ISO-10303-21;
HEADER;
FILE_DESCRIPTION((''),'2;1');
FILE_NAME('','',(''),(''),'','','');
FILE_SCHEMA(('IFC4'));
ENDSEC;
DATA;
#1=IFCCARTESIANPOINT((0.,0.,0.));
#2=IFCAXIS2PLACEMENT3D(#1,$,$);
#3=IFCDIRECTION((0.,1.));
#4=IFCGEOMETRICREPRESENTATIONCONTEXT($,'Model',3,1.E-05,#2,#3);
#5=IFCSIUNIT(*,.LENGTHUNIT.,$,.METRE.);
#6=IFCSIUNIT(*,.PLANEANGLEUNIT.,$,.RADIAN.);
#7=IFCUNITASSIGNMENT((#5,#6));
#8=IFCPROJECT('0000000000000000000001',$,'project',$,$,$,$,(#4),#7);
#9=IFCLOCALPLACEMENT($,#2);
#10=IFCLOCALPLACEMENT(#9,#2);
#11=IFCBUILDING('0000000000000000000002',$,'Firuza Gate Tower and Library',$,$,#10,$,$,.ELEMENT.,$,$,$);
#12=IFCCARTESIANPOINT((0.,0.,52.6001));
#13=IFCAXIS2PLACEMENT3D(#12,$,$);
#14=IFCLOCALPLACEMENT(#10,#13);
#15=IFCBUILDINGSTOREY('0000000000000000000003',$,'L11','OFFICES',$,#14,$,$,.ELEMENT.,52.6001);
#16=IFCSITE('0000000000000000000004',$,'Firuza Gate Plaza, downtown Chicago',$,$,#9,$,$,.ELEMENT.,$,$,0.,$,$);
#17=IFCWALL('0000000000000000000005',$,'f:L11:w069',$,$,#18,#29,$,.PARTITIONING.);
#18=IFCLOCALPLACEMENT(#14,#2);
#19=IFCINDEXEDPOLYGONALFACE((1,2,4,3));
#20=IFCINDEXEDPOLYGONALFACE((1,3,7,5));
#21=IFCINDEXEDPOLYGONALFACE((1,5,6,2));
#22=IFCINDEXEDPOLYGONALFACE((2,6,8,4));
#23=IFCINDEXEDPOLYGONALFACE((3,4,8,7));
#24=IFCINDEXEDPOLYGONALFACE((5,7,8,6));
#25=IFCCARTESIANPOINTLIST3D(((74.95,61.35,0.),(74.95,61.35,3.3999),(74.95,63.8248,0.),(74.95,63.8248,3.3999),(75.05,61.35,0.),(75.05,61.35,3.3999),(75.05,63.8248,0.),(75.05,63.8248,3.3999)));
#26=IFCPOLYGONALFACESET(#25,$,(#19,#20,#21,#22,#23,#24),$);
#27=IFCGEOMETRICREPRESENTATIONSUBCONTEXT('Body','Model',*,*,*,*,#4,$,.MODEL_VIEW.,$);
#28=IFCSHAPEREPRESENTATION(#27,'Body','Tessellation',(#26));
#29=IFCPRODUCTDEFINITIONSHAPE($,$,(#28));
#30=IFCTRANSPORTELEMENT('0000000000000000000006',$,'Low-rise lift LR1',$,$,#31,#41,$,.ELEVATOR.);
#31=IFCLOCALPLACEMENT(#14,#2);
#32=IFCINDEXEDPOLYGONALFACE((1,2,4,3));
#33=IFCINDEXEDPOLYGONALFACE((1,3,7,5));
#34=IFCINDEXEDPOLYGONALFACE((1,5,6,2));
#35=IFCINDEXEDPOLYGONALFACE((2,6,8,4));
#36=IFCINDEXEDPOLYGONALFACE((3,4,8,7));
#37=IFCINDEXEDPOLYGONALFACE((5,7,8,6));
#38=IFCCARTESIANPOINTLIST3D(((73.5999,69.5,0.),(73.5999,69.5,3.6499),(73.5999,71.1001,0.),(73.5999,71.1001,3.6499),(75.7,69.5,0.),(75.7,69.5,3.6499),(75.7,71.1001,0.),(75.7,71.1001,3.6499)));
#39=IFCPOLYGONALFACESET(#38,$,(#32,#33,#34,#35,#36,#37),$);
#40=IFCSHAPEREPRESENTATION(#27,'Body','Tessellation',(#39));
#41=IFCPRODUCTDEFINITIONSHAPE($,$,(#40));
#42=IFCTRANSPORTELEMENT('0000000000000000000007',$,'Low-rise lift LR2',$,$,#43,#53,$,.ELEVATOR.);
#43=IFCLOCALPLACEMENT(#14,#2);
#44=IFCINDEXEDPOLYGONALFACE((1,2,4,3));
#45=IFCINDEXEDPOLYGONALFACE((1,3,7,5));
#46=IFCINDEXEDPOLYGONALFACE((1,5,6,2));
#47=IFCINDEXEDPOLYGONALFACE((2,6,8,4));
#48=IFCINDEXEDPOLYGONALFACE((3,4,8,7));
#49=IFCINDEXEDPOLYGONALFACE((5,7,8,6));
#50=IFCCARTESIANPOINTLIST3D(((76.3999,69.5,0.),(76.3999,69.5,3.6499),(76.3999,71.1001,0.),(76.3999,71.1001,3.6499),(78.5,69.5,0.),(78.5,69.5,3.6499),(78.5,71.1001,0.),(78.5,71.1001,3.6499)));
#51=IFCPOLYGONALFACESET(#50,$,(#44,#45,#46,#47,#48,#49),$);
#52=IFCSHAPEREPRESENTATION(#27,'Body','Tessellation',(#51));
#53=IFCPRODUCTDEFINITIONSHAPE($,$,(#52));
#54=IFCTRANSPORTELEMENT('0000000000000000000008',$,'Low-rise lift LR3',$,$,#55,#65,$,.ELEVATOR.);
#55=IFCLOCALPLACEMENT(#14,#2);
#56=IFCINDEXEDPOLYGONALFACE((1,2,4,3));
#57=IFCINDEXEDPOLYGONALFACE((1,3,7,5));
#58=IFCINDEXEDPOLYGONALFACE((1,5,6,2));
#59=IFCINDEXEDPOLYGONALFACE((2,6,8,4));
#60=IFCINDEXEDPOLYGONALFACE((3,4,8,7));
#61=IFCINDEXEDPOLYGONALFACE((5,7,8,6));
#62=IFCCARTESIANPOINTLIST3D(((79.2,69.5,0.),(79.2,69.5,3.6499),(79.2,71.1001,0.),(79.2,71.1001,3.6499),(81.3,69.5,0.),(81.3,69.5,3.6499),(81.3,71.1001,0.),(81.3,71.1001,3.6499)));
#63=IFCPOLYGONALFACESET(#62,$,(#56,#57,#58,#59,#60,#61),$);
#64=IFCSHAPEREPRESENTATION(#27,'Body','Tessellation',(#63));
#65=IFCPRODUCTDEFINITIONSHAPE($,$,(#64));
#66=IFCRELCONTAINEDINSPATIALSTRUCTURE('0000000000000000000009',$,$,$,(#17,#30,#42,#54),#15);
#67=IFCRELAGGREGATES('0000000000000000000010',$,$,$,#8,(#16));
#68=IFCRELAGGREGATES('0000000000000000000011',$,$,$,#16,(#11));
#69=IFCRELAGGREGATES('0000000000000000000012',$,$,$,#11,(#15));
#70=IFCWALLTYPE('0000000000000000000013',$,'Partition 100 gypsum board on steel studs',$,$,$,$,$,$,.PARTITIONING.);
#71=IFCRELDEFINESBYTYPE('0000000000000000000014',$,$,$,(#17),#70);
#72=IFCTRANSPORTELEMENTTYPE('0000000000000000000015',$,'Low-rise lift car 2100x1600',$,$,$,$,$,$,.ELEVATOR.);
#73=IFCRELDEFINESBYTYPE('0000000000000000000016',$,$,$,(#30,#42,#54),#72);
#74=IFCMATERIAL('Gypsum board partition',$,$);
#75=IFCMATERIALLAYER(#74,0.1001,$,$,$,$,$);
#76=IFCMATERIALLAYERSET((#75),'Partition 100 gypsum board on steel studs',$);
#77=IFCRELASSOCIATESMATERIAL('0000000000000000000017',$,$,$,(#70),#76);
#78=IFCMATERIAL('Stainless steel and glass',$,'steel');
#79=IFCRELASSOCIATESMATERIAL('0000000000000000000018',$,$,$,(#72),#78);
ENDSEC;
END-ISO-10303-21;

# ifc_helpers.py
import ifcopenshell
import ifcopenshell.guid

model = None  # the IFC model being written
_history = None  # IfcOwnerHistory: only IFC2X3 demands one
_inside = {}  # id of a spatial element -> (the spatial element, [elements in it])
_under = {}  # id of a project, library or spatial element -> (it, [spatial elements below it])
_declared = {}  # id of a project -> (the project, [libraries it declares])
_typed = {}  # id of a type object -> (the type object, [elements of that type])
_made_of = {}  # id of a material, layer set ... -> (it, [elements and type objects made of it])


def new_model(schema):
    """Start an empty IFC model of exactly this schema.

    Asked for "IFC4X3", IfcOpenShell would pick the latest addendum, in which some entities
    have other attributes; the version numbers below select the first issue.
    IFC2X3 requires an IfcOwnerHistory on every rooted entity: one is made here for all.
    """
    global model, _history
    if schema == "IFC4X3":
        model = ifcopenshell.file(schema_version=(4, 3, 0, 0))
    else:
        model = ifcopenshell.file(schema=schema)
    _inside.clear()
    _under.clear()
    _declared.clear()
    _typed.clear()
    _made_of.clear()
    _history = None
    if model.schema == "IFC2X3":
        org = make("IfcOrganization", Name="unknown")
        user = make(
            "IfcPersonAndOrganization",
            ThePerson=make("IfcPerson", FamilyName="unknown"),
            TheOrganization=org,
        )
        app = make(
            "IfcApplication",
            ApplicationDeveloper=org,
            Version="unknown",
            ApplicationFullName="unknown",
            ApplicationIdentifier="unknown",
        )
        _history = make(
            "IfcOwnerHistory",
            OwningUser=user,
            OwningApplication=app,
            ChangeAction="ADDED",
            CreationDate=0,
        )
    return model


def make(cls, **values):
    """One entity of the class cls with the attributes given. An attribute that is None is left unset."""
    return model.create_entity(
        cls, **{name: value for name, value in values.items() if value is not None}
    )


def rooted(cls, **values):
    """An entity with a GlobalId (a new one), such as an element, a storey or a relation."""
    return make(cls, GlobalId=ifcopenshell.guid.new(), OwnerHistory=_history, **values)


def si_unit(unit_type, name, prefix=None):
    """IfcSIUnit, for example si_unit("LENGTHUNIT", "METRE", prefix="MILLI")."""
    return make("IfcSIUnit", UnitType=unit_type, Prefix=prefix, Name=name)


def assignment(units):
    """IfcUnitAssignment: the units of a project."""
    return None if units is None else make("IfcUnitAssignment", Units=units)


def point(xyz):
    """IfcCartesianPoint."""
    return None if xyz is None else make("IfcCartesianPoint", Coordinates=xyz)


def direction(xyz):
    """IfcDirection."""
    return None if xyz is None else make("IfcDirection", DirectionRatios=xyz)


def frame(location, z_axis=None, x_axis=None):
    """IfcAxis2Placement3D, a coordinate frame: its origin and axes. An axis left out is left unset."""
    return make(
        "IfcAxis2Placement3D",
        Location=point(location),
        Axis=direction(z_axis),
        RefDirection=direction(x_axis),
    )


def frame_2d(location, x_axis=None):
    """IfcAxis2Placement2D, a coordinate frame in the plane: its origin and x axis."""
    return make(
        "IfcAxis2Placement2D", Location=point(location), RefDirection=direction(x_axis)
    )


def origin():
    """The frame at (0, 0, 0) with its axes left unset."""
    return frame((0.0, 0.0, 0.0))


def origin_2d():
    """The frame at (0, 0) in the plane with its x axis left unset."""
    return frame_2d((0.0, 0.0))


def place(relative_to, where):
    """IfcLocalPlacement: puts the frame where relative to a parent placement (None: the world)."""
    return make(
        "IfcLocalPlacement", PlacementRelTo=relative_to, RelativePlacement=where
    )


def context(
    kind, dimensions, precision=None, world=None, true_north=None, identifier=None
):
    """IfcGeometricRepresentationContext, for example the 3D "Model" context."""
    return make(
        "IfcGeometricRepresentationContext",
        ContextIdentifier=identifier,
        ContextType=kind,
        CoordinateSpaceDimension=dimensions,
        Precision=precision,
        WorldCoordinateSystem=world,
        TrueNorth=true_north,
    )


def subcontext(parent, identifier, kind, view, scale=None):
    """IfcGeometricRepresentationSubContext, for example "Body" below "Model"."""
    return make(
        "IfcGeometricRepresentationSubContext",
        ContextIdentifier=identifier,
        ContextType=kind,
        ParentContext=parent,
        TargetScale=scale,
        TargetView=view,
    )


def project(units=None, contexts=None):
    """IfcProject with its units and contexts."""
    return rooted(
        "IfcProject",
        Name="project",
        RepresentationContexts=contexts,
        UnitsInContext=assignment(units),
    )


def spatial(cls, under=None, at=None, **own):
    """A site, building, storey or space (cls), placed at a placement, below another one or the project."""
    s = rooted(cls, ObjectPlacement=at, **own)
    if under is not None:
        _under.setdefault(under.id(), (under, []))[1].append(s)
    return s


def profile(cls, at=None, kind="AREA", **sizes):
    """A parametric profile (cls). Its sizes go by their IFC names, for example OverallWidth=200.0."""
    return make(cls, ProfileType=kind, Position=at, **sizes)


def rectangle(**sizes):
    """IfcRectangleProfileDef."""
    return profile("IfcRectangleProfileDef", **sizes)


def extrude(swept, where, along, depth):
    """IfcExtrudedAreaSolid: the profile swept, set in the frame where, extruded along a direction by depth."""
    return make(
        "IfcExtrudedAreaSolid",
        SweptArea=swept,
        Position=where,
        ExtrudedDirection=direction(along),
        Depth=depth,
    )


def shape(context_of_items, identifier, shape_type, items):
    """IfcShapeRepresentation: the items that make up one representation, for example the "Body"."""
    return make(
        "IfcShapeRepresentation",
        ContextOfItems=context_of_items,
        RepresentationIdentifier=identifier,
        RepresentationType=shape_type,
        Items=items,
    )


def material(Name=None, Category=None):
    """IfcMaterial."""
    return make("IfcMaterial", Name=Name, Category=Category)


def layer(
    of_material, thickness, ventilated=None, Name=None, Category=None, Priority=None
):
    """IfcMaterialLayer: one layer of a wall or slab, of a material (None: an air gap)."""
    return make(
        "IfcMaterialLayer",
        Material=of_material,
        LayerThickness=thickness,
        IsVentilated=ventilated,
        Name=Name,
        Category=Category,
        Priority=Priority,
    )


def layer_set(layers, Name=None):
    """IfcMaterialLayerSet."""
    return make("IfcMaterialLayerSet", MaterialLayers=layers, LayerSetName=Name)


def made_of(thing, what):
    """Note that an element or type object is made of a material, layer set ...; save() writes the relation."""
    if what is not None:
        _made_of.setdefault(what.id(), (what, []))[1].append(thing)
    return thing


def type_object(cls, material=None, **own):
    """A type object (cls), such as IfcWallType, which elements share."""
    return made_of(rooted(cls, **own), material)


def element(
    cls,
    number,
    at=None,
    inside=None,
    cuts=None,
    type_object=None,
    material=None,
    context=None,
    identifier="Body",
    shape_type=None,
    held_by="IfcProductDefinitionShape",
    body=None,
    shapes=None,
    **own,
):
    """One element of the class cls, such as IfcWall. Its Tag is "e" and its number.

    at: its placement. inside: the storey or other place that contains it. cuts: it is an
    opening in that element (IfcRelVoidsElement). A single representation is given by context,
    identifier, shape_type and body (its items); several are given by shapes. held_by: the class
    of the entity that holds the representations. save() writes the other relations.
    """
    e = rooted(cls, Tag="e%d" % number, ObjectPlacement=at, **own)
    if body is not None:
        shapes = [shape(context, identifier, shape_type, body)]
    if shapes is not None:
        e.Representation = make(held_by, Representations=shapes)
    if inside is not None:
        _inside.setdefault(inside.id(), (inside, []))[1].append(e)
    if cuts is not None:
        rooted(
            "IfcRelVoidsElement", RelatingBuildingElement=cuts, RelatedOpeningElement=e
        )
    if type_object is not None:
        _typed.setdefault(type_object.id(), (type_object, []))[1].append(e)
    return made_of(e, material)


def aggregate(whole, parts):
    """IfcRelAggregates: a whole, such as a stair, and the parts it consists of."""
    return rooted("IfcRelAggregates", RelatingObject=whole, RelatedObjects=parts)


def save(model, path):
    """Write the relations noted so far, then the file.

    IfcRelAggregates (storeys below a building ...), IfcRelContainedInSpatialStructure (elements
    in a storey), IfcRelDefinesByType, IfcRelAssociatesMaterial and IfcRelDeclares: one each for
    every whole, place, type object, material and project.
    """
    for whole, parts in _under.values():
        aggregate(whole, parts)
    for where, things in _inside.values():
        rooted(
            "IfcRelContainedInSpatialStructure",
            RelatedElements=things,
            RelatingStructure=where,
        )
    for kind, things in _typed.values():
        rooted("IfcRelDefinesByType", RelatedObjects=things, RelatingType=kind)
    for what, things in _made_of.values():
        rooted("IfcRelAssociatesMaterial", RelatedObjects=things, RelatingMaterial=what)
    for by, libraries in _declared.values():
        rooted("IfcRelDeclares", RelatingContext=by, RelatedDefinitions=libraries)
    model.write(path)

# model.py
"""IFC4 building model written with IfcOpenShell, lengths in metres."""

from ifc_helpers import new_model, si_unit, direction, frame, frame_2d, origin, origin_2d, place, context, subcontext, project, spatial, rectangle, extrude, material, layer, layer_set, type_object, element, save


model = new_model("IFC4")

# Units and contexts
model_context = context("Model", 3, precision=1e-05, world=origin(), true_north=direction((0.0, 1.0)))
body_context = subcontext(model_context, "Body", "Model", "MODEL_VIEW")
ifc_project = project(units=[si_unit("LENGTHUNIT", "METRE"), si_unit("PLANEANGLEUNIT", "RADIAN")], contexts=[model_context])

# Site, building, storey
site_placement = place(None, origin())
site = spatial("IfcSite", under=ifc_project, at=site_placement, Name="Firuza Gate Plaza, downtown Chicago", CompositionType="ELEMENT", RefElevation=0.0)
building_placement = place(site_placement, origin())
building = spatial("IfcBuilding", under=site, at=building_placement, Name="Firuza Gate Tower and Library", CompositionType="ELEMENT")
storey_placement = place(building_placement, frame((0.0, 0.0, 52.6001)))
storey = spatial("IfcBuildingStorey", under=building, at=storey_placement, Name="L11", Description="OFFICES", CompositionType="ELEMENT", Elevation=52.6001)

# Wall
ifc_material_1 = material(Name="Gypsum board partition")
ifc_layer_1 = layer(ifc_material_1, 0.1001)
ifc_layer_set_1 = layer_set([ifc_layer_1], Name="Partition 100 gypsum board on steel studs")
wall_type_1 = type_object("IfcWallType", Name="Partition 100 gypsum board on steel studs", PredefinedType="PARTITIONING", material=ifc_layer_set_1)
wall_1_placement = place(storey_placement, frame((75.0, 61.3501, 0.0), z_axis=(0.0, 0.0, 1.0), x_axis=(0.0, 1.0, 0.0)))
element("IfcWall", 1, at=wall_1_placement, inside=storey, type_object=wall_type_1, Name="f:L11:w069", PredefinedType="PARTITIONING", context=body_context, shape_type="SweptSolid", body=[
    extrude(rectangle(XDim=2.4749, YDim=0.1001, at=frame_2d((1.2373, 0.0))), origin(), (0.0, 0.0, 1.0), 3.3999),
])

# Transport elements
ifc_material_2 = material(Name="Stainless steel and glass", Category="steel")
transport_element_type = type_object("IfcTransportElementType", Name="Low-rise lift car 2100x1600", PredefinedType="ELEVATOR", material=ifc_material_2)
for number, where, z_axis, x_axis, name in (
    (2, (74.6499, 70.3, 0.0), (0.0, 0.0, 1.0), (1.0, 0.0, 0.0), "Low-rise lift LR1"),
    (3, (77.45, 70.3, 0.0), (0.0, 0.0, 1.0), (1.0, 0.0, 0.0), "Low-rise lift LR2"),
    (4, (80.25, 70.3, 0.0), (0.0, 0.0, 1.0), (1.0, 0.0, 0.0), "Low-rise lift LR3"),
):
    element("IfcTransportElement", number, at=place(storey_placement, frame(where, z_axis=z_axis, x_axis=x_axis)), inside=storey, type_object=transport_element_type, Name=name, PredefinedType="ELEVATOR", context=body_context, shape_type="SweptSolid", body=[
        extrude(rectangle(XDim=2.1001, YDim=1.6001, at=origin_2d()), origin(), (0.0, 0.0, 1.0), 3.6499),
    ])

save(model, "model.ifc")
